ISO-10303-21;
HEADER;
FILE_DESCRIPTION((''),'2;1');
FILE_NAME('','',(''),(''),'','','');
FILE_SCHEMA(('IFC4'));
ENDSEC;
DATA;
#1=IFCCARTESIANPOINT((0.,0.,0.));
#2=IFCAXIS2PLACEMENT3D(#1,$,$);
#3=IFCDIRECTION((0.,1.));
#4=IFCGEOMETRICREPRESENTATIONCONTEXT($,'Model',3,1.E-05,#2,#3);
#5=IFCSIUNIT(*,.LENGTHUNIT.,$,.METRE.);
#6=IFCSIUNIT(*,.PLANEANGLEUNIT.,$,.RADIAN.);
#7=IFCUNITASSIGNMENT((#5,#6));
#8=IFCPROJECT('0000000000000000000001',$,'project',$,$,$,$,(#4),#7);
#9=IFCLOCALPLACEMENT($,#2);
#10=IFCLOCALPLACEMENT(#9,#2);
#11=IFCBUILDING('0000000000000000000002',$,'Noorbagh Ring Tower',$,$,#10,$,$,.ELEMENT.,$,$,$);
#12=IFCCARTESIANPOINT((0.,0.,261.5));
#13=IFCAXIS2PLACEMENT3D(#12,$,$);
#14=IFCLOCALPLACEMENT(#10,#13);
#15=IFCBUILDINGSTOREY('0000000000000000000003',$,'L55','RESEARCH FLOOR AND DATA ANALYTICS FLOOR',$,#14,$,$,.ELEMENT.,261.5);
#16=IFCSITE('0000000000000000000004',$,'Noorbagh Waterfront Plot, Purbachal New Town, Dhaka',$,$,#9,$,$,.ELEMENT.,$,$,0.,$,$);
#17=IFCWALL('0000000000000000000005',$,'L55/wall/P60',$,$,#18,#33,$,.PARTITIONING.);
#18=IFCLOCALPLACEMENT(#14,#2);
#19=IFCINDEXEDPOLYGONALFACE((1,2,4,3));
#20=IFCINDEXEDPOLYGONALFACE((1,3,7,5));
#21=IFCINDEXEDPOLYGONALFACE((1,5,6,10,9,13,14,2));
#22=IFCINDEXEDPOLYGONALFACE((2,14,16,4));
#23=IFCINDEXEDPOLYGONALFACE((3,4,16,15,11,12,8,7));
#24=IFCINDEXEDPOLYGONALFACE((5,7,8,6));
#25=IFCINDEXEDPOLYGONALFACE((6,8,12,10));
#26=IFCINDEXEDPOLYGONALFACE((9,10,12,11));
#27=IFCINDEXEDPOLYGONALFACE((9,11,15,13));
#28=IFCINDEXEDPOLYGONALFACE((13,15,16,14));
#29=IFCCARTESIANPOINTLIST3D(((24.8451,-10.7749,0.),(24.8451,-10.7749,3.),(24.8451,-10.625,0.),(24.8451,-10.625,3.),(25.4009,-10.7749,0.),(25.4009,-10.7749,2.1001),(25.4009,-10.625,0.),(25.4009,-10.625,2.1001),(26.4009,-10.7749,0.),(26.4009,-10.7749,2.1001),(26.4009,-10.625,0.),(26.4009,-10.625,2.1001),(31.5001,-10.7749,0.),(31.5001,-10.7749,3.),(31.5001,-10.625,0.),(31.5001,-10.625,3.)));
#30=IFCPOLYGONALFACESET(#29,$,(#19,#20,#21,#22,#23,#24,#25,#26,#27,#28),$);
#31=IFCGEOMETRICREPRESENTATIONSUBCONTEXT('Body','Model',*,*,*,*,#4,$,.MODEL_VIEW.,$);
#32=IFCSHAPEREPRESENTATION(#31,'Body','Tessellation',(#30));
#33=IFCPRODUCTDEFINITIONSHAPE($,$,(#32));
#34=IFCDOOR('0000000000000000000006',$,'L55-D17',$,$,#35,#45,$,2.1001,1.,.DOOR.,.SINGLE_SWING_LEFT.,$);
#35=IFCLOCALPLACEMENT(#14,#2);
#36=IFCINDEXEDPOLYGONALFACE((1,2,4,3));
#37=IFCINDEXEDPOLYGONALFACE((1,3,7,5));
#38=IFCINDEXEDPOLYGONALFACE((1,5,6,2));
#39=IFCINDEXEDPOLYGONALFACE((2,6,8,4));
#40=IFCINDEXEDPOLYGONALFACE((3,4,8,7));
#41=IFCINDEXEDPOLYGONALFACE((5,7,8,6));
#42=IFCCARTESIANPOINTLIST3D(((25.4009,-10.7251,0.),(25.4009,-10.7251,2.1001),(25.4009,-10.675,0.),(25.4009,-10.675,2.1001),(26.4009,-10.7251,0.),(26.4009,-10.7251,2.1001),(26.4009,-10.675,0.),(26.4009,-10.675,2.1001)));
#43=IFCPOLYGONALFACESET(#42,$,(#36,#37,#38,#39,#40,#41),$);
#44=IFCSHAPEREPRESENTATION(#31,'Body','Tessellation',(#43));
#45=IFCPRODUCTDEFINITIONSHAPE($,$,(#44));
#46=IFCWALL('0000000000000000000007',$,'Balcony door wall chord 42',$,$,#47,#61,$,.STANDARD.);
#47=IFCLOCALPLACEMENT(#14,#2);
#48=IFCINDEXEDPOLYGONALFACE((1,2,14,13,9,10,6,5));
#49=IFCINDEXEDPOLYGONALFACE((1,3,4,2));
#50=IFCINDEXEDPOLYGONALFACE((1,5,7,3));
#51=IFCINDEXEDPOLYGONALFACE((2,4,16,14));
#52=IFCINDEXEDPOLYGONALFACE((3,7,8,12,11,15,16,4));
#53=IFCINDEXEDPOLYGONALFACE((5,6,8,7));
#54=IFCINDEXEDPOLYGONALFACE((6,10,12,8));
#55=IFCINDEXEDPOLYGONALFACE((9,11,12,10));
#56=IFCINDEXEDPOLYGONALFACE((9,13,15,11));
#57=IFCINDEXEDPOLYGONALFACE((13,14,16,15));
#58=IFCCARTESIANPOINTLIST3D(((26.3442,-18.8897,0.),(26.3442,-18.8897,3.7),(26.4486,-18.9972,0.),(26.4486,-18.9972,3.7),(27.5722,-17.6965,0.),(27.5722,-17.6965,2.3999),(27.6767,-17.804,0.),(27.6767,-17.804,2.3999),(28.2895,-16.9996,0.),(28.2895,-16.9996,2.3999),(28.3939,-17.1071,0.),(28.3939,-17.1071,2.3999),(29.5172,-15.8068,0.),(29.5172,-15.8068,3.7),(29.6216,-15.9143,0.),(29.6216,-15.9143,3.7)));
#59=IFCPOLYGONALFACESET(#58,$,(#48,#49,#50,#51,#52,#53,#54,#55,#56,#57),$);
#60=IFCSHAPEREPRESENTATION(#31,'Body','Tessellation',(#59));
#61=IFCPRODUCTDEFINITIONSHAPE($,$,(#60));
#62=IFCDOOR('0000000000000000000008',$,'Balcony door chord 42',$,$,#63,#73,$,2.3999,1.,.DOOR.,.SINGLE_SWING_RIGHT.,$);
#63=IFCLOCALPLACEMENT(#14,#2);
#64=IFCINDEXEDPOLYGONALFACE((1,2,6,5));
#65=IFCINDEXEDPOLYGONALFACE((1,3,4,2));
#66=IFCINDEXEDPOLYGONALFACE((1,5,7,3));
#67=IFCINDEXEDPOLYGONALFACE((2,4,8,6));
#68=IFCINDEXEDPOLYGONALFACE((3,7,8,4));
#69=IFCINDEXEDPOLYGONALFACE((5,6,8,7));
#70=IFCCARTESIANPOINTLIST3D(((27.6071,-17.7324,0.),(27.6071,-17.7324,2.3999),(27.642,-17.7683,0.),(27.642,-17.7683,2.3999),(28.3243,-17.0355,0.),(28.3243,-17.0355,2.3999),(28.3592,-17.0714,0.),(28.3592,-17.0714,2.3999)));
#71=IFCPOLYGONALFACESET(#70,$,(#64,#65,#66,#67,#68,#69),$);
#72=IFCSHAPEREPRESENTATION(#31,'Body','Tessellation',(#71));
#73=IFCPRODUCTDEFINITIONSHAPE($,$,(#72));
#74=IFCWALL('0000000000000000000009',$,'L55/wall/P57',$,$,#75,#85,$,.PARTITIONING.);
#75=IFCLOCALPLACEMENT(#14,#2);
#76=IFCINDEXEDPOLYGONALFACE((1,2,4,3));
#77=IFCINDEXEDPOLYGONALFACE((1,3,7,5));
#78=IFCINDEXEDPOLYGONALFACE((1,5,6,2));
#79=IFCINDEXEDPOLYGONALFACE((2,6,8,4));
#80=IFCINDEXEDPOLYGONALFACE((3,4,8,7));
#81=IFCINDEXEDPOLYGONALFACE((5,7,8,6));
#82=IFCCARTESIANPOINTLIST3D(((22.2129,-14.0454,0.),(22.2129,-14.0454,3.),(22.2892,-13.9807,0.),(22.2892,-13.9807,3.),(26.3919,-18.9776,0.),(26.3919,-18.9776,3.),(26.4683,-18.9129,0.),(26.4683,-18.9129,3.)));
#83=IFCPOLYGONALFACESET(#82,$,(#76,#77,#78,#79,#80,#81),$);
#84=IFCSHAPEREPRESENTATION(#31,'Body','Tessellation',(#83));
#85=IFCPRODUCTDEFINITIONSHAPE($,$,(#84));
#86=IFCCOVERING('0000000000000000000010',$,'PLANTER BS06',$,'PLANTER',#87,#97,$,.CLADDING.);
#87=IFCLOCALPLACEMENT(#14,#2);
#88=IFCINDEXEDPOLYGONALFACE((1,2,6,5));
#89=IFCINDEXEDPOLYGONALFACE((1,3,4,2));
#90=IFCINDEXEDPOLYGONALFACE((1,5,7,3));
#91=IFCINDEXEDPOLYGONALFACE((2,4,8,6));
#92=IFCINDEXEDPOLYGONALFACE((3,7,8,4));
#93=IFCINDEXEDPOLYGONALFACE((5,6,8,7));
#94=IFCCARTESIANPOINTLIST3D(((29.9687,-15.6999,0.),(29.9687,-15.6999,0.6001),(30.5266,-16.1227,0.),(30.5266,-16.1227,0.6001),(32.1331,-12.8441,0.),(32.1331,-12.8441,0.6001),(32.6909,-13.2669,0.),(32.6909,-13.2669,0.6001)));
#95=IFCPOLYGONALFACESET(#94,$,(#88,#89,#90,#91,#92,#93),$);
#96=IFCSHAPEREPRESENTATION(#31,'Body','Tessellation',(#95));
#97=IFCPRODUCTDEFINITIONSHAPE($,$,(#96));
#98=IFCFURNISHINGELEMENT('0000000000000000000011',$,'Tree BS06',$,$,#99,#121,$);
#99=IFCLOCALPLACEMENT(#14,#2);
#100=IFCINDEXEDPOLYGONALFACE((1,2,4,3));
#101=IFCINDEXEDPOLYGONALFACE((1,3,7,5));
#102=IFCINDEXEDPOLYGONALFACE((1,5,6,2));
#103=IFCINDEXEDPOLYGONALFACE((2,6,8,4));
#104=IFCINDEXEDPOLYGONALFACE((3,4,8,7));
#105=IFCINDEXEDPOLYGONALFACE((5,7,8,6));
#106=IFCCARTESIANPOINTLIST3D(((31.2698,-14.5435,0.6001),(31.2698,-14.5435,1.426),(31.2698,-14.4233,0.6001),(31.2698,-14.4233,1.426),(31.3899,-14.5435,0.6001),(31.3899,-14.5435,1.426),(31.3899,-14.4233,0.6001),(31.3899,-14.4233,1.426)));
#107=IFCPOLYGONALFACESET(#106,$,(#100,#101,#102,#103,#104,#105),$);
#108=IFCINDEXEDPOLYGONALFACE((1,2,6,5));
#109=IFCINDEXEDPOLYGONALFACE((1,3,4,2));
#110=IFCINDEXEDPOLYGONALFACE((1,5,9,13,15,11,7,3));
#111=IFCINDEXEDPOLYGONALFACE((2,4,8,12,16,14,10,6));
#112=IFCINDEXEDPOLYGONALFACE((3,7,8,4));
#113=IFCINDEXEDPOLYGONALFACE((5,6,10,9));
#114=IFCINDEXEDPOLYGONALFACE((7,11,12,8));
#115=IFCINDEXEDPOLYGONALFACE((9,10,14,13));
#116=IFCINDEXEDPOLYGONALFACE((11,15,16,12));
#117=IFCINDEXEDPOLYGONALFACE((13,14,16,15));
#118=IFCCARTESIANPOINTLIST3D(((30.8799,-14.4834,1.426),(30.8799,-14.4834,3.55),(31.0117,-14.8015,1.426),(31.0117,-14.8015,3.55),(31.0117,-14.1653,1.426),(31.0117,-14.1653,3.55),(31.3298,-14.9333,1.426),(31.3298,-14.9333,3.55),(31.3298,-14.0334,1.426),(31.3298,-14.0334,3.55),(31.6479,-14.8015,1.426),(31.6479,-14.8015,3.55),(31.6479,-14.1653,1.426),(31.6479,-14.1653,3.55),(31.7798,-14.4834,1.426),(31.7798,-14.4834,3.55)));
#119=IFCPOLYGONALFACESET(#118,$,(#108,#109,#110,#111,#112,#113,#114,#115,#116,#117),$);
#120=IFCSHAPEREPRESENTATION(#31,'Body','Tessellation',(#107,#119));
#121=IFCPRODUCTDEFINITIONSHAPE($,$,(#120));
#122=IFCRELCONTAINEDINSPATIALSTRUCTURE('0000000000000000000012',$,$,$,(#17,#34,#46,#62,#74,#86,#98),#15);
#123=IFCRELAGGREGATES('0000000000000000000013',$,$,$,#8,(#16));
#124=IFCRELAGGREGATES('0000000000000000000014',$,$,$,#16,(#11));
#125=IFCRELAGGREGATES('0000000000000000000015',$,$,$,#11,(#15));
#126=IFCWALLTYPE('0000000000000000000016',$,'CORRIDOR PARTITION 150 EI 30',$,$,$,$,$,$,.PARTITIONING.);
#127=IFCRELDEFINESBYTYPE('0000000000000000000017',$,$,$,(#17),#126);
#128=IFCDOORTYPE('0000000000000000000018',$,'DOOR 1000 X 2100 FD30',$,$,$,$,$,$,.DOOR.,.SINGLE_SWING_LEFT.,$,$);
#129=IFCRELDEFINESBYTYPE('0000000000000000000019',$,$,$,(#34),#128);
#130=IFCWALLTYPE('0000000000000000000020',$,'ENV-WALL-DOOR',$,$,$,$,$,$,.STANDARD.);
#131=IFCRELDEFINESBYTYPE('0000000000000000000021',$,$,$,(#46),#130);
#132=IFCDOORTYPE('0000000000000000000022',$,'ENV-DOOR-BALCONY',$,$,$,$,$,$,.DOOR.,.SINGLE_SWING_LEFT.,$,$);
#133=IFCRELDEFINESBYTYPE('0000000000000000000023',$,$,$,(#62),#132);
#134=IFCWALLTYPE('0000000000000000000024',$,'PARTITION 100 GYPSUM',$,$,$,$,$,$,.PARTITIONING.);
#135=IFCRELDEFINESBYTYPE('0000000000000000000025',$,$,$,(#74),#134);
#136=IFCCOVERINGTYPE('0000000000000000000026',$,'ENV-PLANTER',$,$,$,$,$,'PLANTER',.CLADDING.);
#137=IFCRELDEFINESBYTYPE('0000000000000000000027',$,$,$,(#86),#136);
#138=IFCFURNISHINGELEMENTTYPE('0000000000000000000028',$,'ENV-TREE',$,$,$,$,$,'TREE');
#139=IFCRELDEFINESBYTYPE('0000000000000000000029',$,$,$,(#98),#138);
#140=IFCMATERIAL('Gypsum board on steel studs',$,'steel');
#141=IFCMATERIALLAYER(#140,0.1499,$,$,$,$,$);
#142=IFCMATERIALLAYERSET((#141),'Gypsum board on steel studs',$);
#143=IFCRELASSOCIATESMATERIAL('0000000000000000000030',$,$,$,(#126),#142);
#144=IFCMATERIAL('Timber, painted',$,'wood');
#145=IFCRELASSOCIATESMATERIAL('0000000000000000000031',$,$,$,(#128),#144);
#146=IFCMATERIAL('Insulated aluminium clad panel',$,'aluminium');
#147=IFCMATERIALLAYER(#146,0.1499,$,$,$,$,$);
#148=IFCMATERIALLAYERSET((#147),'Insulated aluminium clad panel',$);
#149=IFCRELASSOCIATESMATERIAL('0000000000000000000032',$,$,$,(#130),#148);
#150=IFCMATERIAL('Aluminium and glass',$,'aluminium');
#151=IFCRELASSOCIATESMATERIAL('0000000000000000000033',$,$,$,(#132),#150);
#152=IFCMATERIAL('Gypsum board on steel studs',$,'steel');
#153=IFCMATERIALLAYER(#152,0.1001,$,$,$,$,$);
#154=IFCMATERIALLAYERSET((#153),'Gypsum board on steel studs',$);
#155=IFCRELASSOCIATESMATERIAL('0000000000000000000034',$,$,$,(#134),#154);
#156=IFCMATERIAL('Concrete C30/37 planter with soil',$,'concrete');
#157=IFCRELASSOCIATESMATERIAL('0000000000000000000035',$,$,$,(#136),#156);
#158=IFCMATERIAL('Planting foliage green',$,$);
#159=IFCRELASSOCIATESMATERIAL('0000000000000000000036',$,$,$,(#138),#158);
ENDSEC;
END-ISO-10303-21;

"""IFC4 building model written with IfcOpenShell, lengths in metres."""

from ifc_helpers import new_model, si_unit, direction, frame, frame_2d, origin, origin_2d, place, context, subcontext, project, spatial, polyline, rectangle, outline, extrude, material, layer, layer_set, type_object, element, fill, save


model = new_model("IFC4")

# Units and contexts
model_context = context("Model", 3, precision=1e-05, world=origin(), true_north=direction((0.0, 1.0)))
body_context = subcontext(model_context, "Body", "Model", "MODEL_VIEW")
ifc_project = project(units=[si_unit("LENGTHUNIT", "METRE"), si_unit("PLANEANGLEUNIT", "RADIAN")], contexts=[model_context])

# Site, building, storey
site_placement = place(None, origin())
site = spatial("IfcSite", under=ifc_project, at=site_placement, Name="Noorbagh Waterfront Plot, Purbachal New Town, Dhaka", CompositionType="ELEMENT", RefElevation=0.0)
building_placement = place(site_placement, origin())
building = spatial("IfcBuilding", under=site, at=building_placement, Name="Noorbagh Ring Tower", CompositionType="ELEMENT")
storey_placement = place(building_placement, frame((0.0, 0.0, 261.5)))
storey = spatial("IfcBuildingStorey", under=building, at=storey_placement, Name="L55", Description="RESEARCH FLOOR AND DATA ANALYTICS FLOOR", CompositionType="ELEMENT", Elevation=261.5)

# Shared definitions
ifc_material_1 = material(Name="Gypsum board on steel studs", Category="steel")
ifc_layer_1 = layer(ifc_material_1, 0.1499)
ifc_layer_set_1 = layer_set([ifc_layer_1], Name="Gypsum board on steel studs")
wall_type_1 = type_object("IfcWallType", Name="CORRIDOR PARTITION 150 EI 30", PredefinedType="PARTITIONING", material=ifc_layer_set_1)

# Walls, openings, doors
wall_1_placement = place(storey_placement, frame((24.845, -10.7, 0.0), z_axis=(0.0, 0.0, 1.0), x_axis=(1.0, 0.0, 0.0)))
wall_1 = element("IfcWall", 1, at=wall_1_placement, inside=storey, type_object=wall_type_1, Name="L55/wall/P60", PredefinedType="PARTITIONING", context=body_context, shape_type="SweptSolid", body=[
    extrude(rectangle(XDim=6.655, YDim=0.1499, at=frame_2d((3.3276, 0.0))), origin(), (0.0, 0.0, 1.0), 3.0),
])
opening_1_placement = place(wall_1_placement, frame((0.5559, 0.0, 0.0)))
opening_1 = element("IfcOpeningElement", 2, at=opening_1_placement, cuts=wall_1, PredefinedType="OPENING", context=body_context, shape_type="SweptSolid", body=[
    extrude(rectangle(XDim=1.0, YDim=2.1001, at=frame_2d((0.5, 1.05))), frame((0.0, 0.085, 0.0), z_axis=(0.0, -1.0, 0.0), x_axis=(1.0, 0.0, 0.0)), (0.0, 0.0, 1.0), 0.1699),
])
ifc_material_2 = material(Name="Timber, painted", Category="wood")
door_type_1 = type_object("IfcDoorType", Name="DOOR 1000 X 2100 FD30", OperationType="SINGLE_SWING_LEFT", PredefinedType="DOOR", material=ifc_material_2)
door_1_placement = place(opening_1_placement, origin())
door_1 = element("IfcDoor", 3, at=door_1_placement, inside=storey, type_object=door_type_1, Name="L55-D17", OperationType="SINGLE_SWING_LEFT", OverallHeight=2.1001, OverallWidth=1.0, PredefinedType="DOOR", context=body_context, shape_type="SweptSolid", body=[
    extrude(rectangle(XDim=1.0, YDim=2.1001, at=frame_2d((0.5, 1.05))), frame((0.0, 0.0249, 0.0), z_axis=(0.0, -1.0, 0.0), x_axis=(1.0, 0.0, 0.0)), (0.0, 0.0, 1.0), 0.05),
])
fill(opening_1, door_1)
ifc_material_3 = material(Name="Insulated aluminium clad panel", Category="aluminium")
ifc_layer_2 = layer(ifc_material_3, 0.1499)
ifc_layer_set_2 = layer_set([ifc_layer_2], Name="Insulated aluminium clad panel")
wall_type_2 = type_object("IfcWallType", Name="ENV-WALL-DOOR", PredefinedType="STANDARD", material=ifc_layer_set_2)
wall_2_placement = place(storey_placement, frame((26.3965, -18.9434, 0.0), z_axis=(0.0, 0.0, 1.0), x_axis=(0.717215, 0.696852, 0.0)))
wall_2 = element("IfcWall", 4, at=wall_2_placement, inside=storey, type_object=wall_type_2, Name="Balcony door wall chord 42", PredefinedType="STANDARD", context=body_context, shape_type="SweptSolid", body=[
    extrude(rectangle(XDim=4.4241, YDim=0.1499, at=frame_2d((2.2119, 0.0))), origin(), (0.0, 0.0, 1.0), 3.7),
])
opening_2_placement = place(wall_2_placement, frame((1.7122, 0.0, 0.0)))
opening_2 = element("IfcOpeningElement", 5, at=opening_2_placement, cuts=wall_2, PredefinedType="OPENING", context=body_context, shape_type="SweptSolid", body=[
    extrude(rectangle(XDim=1.0, YDim=2.3999, at=frame_2d((0.5, 1.2))), frame((0.0, 0.085, 0.0), z_axis=(0.0, -1.0, 0.0), x_axis=(1.0, 0.0, 0.0)), (0.0, 0.0, 1.0), 0.1699),
])
ifc_material_4 = material(Name="Aluminium and glass", Category="aluminium")
door_type_2 = type_object("IfcDoorType", Name="ENV-DOOR-BALCONY", OperationType="SINGLE_SWING_LEFT", PredefinedType="DOOR", material=ifc_material_4)
door_2_placement = place(opening_2_placement, origin())
door_2 = element("IfcDoor", 6, at=door_2_placement, inside=storey, type_object=door_type_2, Name="Balcony door chord 42", OperationType="SINGLE_SWING_RIGHT", OverallHeight=2.3999, OverallWidth=1.0, PredefinedType="DOOR", context=body_context, shape_type="SweptSolid", body=[
    extrude(rectangle(XDim=1.0, YDim=2.3999, at=frame_2d((0.5, 1.2))), frame((0.0, 0.0249, 0.0), z_axis=(0.0, -1.0, 0.0), x_axis=(1.0, 0.0, 0.0)), (0.0, 0.0, 1.0), 0.05),
])
fill(opening_2, door_2)

# Wall
ifc_material_5 = material(Name="Gypsum board on steel studs", Category="steel")
ifc_layer_3 = layer(ifc_material_5, 0.1001)
ifc_layer_set_3 = layer_set([ifc_layer_3], Name="Gypsum board on steel studs")
wall_type_3 = type_object("IfcWallType", Name="PARTITION 100 GYPSUM", PredefinedType="PARTITIONING", material=ifc_layer_set_3)
wall_3_placement = place(storey_placement, frame((22.251, -14.0129, 0.0), z_axis=(0.0, 0.0, 1.0), x_axis=(0.646448, -0.762958, 0.0)))
element("IfcWall", 7, at=wall_3_placement, inside=storey, type_object=wall_type_3, Name="L55/wall/P57", PredefinedType="PARTITIONING", context=body_context, shape_type="SweptSolid", body=[
    extrude(rectangle(XDim=6.4646, YDim=0.1001, at=frame_2d((3.2324, 0.0))), origin(), (0.0, 0.0, 1.0), 3.0),
])

# Covering
ifc_material_6 = material(Name="Concrete C30/37 planter with soil", Category="concrete")
covering_type = type_object("IfcCoveringType", Name="ENV-PLANTER", ElementType="PLANTER", PredefinedType="CLADDING", material=ifc_material_6)
covering_placement = place(storey_placement, frame((31.3298, -14.4834, 0.0), z_axis=(0.0, 0.0, 1.0), x_axis=(0.60402, 0.796969, 0.0)))
element("IfcCovering", 8, at=covering_placement, inside=storey, type_object=covering_type, Name="PLANTER BS06", ObjectType="PLANTER", PredefinedType="CLADDING", context=body_context, shape_type="SweptSolid", body=[
    extrude(rectangle(XDim=3.5833, YDim=0.7, at=origin_2d()), origin(), (0.0, 0.0, 1.0), 0.6001),
])

# Furnishing element
ifc_material_7 = material(Name="Planting foliage green")
furnishing_element_type = type_object("IfcFurnishingElementType", Name="ENV-TREE", ElementType="TREE", material=ifc_material_7)
furnishing_placement = place(storey_placement, frame((31.3298, -14.4834, 0.6001), z_axis=(0.0, 0.0, 1.0), x_axis=(1.0, 0.0, 0.0)))
element("IfcFurnishingElement", 9, at=furnishing_placement, inside=storey, type_object=furnishing_element_type, Name="Tree BS06", context=body_context, shape_type="SweptSolid", body=[
    extrude(rectangle(XDim=0.1201, YDim=0.1201, at=origin_2d()), origin(), (0.0, 0.0, 1.0), 0.8259),
    extrude(outline(polyline([(0.45, 0.0), (0.3181, 0.3181), (0.0, 0.45), (-0.3181, 0.3181), (-0.45, 0.0), (-0.3181, -0.3181), (0.0, -0.45), (0.3181, -0.3181), (0.45, 0.0)])), frame((0.0, 0.0, 0.8259)), (0.0, 0.0, 1.0), 2.124),
])

save(model, "model.ifc")
